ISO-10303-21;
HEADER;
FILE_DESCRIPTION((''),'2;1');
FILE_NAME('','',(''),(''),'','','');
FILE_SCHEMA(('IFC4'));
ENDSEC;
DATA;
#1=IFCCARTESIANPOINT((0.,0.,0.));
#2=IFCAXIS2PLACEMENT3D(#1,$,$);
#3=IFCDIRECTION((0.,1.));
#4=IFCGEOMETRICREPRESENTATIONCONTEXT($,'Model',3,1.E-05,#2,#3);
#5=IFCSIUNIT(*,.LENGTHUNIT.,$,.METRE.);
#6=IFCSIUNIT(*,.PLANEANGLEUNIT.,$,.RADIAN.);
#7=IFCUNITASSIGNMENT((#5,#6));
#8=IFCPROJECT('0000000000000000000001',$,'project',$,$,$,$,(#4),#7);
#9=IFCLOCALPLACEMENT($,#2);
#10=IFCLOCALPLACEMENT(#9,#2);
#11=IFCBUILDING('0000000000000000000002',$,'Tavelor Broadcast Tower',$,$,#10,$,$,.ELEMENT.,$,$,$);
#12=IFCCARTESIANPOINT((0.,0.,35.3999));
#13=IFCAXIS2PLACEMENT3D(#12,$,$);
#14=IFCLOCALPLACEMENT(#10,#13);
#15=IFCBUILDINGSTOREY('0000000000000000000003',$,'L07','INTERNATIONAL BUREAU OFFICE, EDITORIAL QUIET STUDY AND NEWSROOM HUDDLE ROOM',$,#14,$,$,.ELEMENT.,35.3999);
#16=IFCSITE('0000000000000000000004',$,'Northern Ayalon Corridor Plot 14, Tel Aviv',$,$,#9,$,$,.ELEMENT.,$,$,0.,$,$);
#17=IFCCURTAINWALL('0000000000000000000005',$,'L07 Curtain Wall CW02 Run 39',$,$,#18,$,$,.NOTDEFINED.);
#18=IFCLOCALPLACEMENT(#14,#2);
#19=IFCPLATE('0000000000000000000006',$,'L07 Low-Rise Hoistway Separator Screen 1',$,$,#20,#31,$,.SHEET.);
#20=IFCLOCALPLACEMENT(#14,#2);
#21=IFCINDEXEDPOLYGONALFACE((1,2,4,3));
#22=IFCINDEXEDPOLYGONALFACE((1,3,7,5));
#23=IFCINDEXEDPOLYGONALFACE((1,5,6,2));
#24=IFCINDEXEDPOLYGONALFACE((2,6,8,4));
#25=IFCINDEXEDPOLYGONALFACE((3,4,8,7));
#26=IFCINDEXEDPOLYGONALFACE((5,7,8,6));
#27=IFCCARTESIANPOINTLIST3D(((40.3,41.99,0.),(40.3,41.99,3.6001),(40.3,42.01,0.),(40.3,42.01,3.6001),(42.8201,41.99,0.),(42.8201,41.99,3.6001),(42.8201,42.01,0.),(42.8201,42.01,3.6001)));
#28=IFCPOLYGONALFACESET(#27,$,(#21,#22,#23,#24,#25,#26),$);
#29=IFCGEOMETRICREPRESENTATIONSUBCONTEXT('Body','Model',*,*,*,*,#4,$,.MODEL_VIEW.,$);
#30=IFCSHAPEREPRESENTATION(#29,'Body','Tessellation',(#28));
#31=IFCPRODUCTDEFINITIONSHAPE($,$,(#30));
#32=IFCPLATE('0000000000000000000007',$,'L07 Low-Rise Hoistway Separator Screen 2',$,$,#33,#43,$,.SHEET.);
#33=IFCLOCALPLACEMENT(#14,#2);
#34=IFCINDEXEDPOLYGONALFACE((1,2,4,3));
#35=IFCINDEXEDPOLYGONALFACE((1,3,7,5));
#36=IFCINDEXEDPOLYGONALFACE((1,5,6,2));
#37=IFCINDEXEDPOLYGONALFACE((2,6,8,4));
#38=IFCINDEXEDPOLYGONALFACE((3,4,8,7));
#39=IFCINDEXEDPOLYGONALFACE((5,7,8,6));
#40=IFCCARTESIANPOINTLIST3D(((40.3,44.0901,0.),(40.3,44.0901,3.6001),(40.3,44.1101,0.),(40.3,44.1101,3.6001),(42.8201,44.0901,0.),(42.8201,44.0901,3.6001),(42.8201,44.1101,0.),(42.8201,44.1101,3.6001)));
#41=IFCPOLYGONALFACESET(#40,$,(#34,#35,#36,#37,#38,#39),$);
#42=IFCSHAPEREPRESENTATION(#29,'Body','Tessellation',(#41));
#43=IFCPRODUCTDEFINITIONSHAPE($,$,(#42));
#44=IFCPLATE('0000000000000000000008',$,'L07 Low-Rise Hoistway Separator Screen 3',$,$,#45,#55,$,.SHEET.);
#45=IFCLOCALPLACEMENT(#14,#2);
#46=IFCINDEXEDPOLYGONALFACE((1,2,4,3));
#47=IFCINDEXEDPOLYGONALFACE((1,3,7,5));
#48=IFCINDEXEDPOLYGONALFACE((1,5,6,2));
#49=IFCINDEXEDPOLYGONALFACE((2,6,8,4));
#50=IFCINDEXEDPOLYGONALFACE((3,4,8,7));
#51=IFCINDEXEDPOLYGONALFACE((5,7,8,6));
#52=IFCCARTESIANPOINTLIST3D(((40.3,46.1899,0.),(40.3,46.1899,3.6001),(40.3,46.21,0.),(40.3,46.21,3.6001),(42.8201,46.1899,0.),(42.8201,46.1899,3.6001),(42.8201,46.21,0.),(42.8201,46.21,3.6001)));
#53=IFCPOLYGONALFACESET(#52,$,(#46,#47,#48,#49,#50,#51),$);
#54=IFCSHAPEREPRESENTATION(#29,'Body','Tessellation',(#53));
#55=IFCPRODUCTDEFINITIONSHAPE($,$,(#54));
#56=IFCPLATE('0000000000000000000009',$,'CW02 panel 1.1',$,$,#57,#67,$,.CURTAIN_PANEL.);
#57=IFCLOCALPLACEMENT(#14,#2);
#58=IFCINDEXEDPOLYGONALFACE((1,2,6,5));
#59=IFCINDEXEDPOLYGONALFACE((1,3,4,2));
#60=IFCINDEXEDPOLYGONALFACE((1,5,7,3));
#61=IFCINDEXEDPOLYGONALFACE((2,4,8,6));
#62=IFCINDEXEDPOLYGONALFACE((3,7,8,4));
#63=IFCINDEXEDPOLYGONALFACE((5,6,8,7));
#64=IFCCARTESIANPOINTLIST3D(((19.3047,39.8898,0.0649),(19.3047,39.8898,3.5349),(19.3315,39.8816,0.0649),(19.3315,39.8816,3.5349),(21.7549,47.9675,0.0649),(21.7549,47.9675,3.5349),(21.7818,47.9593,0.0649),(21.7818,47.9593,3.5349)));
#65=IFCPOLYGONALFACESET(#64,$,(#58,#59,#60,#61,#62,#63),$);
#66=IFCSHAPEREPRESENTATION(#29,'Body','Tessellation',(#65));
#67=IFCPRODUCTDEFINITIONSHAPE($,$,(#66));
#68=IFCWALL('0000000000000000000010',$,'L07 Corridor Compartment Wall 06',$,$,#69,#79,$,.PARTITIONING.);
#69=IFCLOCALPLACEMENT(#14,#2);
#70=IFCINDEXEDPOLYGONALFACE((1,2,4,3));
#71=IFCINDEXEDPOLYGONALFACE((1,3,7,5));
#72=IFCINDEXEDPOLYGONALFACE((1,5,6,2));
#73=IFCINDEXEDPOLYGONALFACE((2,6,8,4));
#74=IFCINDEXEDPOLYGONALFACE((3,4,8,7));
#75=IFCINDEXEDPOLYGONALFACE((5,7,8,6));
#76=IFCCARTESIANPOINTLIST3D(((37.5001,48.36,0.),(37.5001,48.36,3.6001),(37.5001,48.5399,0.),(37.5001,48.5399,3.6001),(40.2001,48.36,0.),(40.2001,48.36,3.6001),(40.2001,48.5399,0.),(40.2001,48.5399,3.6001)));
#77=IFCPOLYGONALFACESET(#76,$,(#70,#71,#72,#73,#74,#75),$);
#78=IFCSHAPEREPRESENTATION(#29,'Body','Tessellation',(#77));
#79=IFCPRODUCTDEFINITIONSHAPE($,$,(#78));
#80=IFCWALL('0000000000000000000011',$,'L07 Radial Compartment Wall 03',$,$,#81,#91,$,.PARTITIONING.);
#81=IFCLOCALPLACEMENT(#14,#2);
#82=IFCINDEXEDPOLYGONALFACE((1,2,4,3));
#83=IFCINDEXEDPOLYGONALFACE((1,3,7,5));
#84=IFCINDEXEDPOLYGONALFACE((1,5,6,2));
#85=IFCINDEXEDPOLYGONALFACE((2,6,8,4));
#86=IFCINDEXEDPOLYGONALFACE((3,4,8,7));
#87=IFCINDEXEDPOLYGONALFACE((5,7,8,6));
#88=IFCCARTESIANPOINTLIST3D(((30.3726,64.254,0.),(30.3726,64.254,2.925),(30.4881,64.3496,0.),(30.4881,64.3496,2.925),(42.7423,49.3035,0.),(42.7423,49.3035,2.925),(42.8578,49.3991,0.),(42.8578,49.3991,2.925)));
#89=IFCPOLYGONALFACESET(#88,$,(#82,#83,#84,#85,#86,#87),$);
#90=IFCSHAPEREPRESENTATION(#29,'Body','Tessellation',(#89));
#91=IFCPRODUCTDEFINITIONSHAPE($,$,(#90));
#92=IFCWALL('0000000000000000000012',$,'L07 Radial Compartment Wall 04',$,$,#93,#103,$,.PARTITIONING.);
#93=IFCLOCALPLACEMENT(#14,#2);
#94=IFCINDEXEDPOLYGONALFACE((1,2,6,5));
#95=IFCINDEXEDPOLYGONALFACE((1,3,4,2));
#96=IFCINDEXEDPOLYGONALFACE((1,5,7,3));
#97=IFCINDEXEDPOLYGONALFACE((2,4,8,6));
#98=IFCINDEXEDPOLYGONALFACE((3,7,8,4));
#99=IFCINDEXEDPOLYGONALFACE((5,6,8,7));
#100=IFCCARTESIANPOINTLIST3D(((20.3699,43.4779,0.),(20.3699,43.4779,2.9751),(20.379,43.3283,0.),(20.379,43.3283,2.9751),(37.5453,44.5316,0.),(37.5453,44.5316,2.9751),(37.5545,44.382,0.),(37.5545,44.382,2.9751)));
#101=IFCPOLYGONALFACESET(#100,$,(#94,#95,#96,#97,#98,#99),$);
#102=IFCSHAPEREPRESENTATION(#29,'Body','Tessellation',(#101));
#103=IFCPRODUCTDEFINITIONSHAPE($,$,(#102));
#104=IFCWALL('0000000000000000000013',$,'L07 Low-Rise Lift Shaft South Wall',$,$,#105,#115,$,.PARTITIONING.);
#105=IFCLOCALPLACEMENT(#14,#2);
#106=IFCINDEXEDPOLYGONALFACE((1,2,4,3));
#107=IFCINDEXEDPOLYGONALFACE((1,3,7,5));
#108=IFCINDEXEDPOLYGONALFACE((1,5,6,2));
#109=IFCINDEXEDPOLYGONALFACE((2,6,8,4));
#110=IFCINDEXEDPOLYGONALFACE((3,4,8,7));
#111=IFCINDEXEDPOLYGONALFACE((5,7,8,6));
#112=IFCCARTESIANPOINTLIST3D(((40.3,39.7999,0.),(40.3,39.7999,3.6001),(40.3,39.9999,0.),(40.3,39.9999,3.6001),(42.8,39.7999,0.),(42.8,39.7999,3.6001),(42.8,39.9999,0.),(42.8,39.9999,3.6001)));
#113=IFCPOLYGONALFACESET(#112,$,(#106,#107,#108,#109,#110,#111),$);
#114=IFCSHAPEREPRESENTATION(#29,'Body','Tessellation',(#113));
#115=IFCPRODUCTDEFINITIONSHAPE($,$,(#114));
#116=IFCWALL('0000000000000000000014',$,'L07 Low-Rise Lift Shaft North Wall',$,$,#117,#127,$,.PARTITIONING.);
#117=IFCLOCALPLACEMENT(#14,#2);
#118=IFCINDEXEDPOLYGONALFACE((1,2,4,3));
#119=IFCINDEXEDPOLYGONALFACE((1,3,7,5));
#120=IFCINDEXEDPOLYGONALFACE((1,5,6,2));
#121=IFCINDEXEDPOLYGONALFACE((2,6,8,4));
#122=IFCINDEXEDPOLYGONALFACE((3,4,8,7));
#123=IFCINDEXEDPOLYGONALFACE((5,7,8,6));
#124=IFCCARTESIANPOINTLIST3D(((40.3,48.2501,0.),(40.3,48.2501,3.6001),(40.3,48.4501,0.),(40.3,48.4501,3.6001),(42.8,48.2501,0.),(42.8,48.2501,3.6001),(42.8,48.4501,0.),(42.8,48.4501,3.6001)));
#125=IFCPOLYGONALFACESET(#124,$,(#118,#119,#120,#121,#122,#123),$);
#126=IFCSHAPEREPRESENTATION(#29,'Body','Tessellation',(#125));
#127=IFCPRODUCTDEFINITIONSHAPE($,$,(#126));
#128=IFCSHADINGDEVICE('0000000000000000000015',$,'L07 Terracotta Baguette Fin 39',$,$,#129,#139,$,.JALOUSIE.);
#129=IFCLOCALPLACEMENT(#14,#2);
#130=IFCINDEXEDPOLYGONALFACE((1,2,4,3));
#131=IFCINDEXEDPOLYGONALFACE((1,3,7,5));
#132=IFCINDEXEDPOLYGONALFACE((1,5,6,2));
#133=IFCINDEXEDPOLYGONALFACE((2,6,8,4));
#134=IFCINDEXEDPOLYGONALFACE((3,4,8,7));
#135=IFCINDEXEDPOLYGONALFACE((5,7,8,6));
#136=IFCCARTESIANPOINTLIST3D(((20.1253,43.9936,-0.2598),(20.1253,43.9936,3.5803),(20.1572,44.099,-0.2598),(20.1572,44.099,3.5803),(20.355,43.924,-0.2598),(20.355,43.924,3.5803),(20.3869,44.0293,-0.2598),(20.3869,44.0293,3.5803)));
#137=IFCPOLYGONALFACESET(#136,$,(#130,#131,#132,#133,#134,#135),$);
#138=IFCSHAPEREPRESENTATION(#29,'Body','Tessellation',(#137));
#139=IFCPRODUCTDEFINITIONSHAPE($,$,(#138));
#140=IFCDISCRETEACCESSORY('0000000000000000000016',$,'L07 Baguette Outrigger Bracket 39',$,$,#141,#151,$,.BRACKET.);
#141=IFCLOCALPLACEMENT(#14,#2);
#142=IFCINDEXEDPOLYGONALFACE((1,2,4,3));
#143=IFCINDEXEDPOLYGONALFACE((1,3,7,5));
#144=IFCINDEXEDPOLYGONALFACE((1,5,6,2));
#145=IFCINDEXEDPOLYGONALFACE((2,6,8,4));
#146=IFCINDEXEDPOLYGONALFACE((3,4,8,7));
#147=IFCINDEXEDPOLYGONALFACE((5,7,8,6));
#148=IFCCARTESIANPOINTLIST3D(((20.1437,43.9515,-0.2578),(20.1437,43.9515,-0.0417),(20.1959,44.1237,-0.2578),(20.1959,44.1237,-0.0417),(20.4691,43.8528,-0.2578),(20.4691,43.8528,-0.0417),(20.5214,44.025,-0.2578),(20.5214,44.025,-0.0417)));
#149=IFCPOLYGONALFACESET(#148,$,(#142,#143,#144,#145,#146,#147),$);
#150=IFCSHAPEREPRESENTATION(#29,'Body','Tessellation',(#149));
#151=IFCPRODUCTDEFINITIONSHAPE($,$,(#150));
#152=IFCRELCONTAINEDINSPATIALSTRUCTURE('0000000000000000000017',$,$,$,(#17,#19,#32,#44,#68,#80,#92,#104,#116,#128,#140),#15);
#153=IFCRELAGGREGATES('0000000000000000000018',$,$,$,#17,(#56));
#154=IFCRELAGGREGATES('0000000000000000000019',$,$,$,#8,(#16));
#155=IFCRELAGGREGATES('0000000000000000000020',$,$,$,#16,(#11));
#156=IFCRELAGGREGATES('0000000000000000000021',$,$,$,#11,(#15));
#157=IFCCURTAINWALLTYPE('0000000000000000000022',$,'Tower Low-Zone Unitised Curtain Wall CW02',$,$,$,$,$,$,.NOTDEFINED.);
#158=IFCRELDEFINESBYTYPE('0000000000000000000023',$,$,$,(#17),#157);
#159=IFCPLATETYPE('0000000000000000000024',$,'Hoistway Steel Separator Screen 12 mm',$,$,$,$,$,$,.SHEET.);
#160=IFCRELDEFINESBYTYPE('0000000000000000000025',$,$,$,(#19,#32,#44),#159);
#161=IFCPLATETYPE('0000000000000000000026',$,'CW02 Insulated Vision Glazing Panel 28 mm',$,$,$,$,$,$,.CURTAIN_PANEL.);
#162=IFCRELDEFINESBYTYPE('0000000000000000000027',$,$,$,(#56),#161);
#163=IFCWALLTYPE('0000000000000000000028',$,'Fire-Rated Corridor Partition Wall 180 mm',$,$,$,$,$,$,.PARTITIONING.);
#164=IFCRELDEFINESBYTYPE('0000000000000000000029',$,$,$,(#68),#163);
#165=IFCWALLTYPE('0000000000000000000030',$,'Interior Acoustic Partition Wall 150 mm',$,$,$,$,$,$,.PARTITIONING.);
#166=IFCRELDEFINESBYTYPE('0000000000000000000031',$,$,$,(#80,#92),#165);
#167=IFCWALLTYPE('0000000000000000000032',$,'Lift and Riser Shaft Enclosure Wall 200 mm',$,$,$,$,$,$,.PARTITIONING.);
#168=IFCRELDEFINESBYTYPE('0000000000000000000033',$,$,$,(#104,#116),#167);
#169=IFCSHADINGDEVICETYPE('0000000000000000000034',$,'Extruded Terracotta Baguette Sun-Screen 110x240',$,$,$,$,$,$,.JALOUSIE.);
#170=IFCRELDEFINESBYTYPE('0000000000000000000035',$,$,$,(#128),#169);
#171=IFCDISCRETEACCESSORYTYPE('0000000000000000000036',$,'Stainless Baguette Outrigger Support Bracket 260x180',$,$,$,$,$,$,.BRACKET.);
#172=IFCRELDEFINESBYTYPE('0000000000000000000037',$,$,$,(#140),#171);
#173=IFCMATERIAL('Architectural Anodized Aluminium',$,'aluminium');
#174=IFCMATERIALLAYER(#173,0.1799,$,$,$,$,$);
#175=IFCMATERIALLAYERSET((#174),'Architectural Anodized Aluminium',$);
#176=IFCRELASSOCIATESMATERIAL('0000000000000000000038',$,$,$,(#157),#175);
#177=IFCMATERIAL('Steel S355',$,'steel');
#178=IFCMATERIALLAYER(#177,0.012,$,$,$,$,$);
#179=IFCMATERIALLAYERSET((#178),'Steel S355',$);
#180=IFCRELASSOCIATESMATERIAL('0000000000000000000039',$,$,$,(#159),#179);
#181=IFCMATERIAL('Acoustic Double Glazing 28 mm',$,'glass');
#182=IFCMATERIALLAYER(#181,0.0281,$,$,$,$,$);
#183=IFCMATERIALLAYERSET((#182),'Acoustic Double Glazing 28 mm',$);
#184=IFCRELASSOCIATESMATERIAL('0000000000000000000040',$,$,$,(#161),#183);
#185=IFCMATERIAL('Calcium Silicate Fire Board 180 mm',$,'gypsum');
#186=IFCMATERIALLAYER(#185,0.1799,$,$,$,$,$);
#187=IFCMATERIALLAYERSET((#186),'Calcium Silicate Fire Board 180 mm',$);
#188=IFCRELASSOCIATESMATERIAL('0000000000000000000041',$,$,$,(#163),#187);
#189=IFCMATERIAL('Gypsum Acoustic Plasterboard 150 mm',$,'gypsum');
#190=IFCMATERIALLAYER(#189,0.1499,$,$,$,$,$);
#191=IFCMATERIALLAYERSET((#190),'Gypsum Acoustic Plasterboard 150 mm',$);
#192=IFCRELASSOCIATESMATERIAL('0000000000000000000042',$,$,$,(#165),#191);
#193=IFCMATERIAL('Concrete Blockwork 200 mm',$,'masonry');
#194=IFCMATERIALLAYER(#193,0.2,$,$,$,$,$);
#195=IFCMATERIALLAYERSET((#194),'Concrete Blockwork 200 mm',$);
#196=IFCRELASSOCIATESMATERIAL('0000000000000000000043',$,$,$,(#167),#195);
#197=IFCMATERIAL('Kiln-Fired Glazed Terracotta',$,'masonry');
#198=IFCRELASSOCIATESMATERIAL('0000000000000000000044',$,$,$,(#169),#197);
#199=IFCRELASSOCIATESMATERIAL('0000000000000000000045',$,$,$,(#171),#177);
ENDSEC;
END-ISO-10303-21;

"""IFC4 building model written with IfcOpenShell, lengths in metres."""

from ifc_helpers import new_model, si_unit, direction, frame, frame_2d, origin, origin_2d, place, context, subcontext, project, spatial, rectangle, extrude, source, transform, mapped, material, layer, layer_set, type_object, type_shapes, element, aggregate, save


model = new_model("IFC4")

# Units and contexts
model_context = context("Model", 3, precision=1e-05, world=origin(), true_north=direction((0.0, 1.0)))
body_context = subcontext(model_context, "Body", "Model", "MODEL_VIEW")
ifc_project = project(units=[si_unit("LENGTHUNIT", "METRE"), si_unit("PLANEANGLEUNIT", "RADIAN")], contexts=[model_context])

# Site, building, storey
site_placement = place(None, origin())
site = spatial("IfcSite", under=ifc_project, at=site_placement, Name="Northern Ayalon Corridor Plot 14, Tel Aviv", CompositionType="ELEMENT", RefElevation=0.0)
building_placement = place(site_placement, origin())
building = spatial("IfcBuilding", under=site, at=building_placement, Name="Tavelor Broadcast Tower", CompositionType="ELEMENT")
storey_placement = place(building_placement, frame((0.0, 0.0, 35.3999)))
storey = spatial("IfcBuildingStorey", under=building, at=storey_placement, Name="L07", Description="INTERNATIONAL BUREAU OFFICE, EDITORIAL QUIET STUDY AND NEWSROOM HUDDLE ROOM", CompositionType="ELEMENT", Elevation=35.3999)

# Shared definitions
ifc_material_1 = material(Name="Steel S355", Category="steel")

# Shared definitions
ifc_material_2 = material(Name="Architectural Anodized Aluminium", Category="aluminium")
ifc_layer_1 = layer(ifc_material_2, 0.1799)
ifc_layer_set_1 = layer_set([ifc_layer_1], Name="Architectural Anodized Aluminium")
curtain_wall_type = type_object("IfcCurtainWallType", Name="Tower Low-Zone Unitised Curtain Wall CW02", PredefinedType="NOTDEFINED", material=ifc_layer_set_1)

# Curtain wall
curtain_wall_1_placement = place(storey_placement, origin())
curtain_wall_1 = element("IfcCurtainWall", 1, at=curtain_wall_1_placement, inside=storey, type_object=curtain_wall_type, Name="L07 Curtain Wall CW02 Run 39", PredefinedType="NOTDEFINED")

# Plates
ifc_layer_2 = layer(ifc_material_1, 0.012)
ifc_layer_set_2 = layer_set([ifc_layer_2], Name="Steel S355")
plate_type_1 = type_object("IfcPlateType", Name="Hoistway Steel Separator Screen 12 mm", PredefinedType="SHEET", material=ifc_layer_set_2)
shared_shape_1 = source(origin(), body_context, "Body", "SweptSolid", [
    extrude(rectangle(XDim=2.52, YDim=0.02, at=origin_2d()), origin(), (0.0, 0.0, 1.0), 3.6001),
])
type_shapes(plate_type_1, [shared_shape_1])
for number, where, z_axis, x_axis, name in (
    (2, (41.5601, 42.0, 0.0), (0.0, 0.0, 1.0), (1.0, 0.0, 0.0), "L07 Low-Rise Hoistway Separator Screen 1"),
    (3, (41.5601, 44.1001, 0.0), (0.0, 0.0, 1.0), (1.0, 0.0, 0.0), "L07 Low-Rise Hoistway Separator Screen 2"),
    (4, (41.5601, 46.2, 0.0), (0.0, 0.0, 1.0), (1.0, 0.0, 0.0), "L07 Low-Rise Hoistway Separator Screen 3"),
):
    element("IfcPlate", number, at=place(storey_placement, frame(where, z_axis=z_axis, x_axis=x_axis)), inside=storey, type_object=plate_type_1, Name=name, PredefinedType="SHEET", context=body_context, shape_type="MappedRepresentation", body=[
        mapped(shared_shape_1, transform((0.0, 0.0, 0.0), scale=1.0)),
    ])

# Plate
ifc_material_3 = material(Name="Acoustic Double Glazing 28 mm", Category="glass")
ifc_layer_3 = layer(ifc_material_3, 0.0281)
ifc_layer_set_3 = layer_set([ifc_layer_3], Name="Acoustic Double Glazing 28 mm")
plate_type_2 = type_object("IfcPlateType", Name="CW02 Insulated Vision Glazing Panel 28 mm", PredefinedType="CURTAIN_PANEL", material=ifc_layer_set_3)
shared_shape_2 = source(origin(), body_context, "Body", "SweptSolid", [
    extrude(rectangle(XDim=8.4412, YDim=0.0281, at=origin_2d()), origin(), (0.0, 0.0, 1.0), 3.47),
])
type_shapes(plate_type_2, [shared_shape_2])
plate_1_placement = place(storey_placement, frame((20.5432, 43.9246, 0.0649), z_axis=(0.0, 0.0, 1.0), x_axis=(-0.290273, -0.956944, 0.0)))
plate_1 = element("IfcPlate", 5, at=plate_1_placement, type_object=plate_type_2, Name="CW02 panel 1.1", PredefinedType="CURTAIN_PANEL", context=body_context, shape_type="MappedRepresentation", body=[
    mapped(shared_shape_2, transform((0.0, 0.0, 0.0), scale=1.0)),
])
aggregate(curtain_wall_1, [plate_1])

# Walls
ifc_material_4 = material(Name="Calcium Silicate Fire Board 180 mm", Category="gypsum")
ifc_layer_4 = layer(ifc_material_4, 0.1799)
ifc_layer_set_4 = layer_set([ifc_layer_4], Name="Calcium Silicate Fire Board 180 mm")
wall_type_1 = type_object("IfcWallType", Name="Fire-Rated Corridor Partition Wall 180 mm", PredefinedType="PARTITIONING", material=ifc_layer_set_4)
wall_1_placement = place(storey_placement, frame((37.5, 48.45, 0.0), z_axis=(0.0, 0.0, 1.0), x_axis=(1.0, 0.0, 0.0)))
element("IfcWall", 6, at=wall_1_placement, inside=storey, type_object=wall_type_1, Name="L07 Corridor Compartment Wall 06", PredefinedType="PARTITIONING", context=body_context, shape_type="SweptSolid", body=[
    extrude(rectangle(XDim=2.7, YDim=0.1799, at=frame_2d((1.3501, 0.0))), origin(), (0.0, 0.0, 1.0), 3.6001),
])
ifc_material_5 = material(Name="Gypsum Acoustic Plasterboard 150 mm", Category="gypsum")
ifc_layer_5 = layer(ifc_material_5, 0.1499)
ifc_layer_set_5 = layer_set([ifc_layer_5], Name="Gypsum Acoustic Plasterboard 150 mm")
wall_type_2 = type_object("IfcWallType", Name="Interior Acoustic Partition Wall 150 mm", PredefinedType="PARTITIONING", material=ifc_layer_set_5)
wall_2_placement = place(storey_placement, frame((42.8, 49.3513, 0.0), z_axis=(0.0, 0.0, 1.0), x_axis=(-0.637471, 0.770474, 0.0)))
element("IfcWall", 7, at=wall_2_placement, inside=storey, type_object=wall_type_2, Name="L07 Radial Compartment Wall 03", PredefinedType="PARTITIONING", context=body_context, shape_type="SweptSolid", body=[
    extrude(rectangle(XDim=19.4043, YDim=0.1499, at=frame_2d((9.7021, 0.0))), origin(), (0.0, 0.0, 1.0), 2.925),
])
wall_3_placement = place(storey_placement, frame((37.55, 44.4568, 0.0), z_axis=(0.0, 0.0, 1.0), x_axis=(-0.998123, -0.061234, 0.0)))
element("IfcWall", 8, at=wall_3_placement, inside=storey, type_object=wall_type_2, Name="L07 Radial Compartment Wall 04", PredefinedType="PARTITIONING", context=body_context, shape_type="SweptSolid", body=[
    extrude(rectangle(XDim=17.2078, YDim=0.1499, at=frame_2d((8.604, 0.0))), origin(), (0.0, 0.0, 1.0), 2.9751),
])

# Shared definitions
ifc_material_6 = material(Name="Concrete Blockwork 200 mm", Category="masonry")

# Walls
ifc_layer_6 = layer(ifc_material_6, 0.2)
ifc_layer_set_6 = layer_set([ifc_layer_6], Name="Concrete Blockwork 200 mm")
wall_type_3 = type_object("IfcWallType", Name="Lift and Riser Shaft Enclosure Wall 200 mm", PredefinedType="PARTITIONING", material=ifc_layer_set_6)
for number, where, z_axis, x_axis, name in (
    (9, (40.3, 39.8999, 0.0), (0.0, 0.0, 1.0), (1.0, 0.0, 0.0), "L07 Low-Rise Lift Shaft South Wall"),
    (10, (40.3, 48.3501, 0.0), (0.0, 0.0, 1.0), (1.0, 0.0, 0.0), "L07 Low-Rise Lift Shaft North Wall"),
):
    element("IfcWall", number, at=place(storey_placement, frame(where, z_axis=z_axis, x_axis=x_axis)), inside=storey, type_object=wall_type_3, Name=name, PredefinedType="PARTITIONING", context=body_context, shape_type="SweptSolid", body=[
        extrude(rectangle(XDim=2.5, YDim=0.2, at=frame_2d((1.25, 0.0))), origin(), (0.0, 0.0, 1.0), 3.6001),
    ])

# Shading device
ifc_material_7 = material(Name="Kiln-Fired Glazed Terracotta", Category="masonry")
shading_device_type = type_object("IfcShadingDeviceType", Name="Extruded Terracotta Baguette Sun-Screen 110x240", PredefinedType="JALOUSIE", material=ifc_material_7)
shared_shape_3 = source(origin(), body_context, "Body", "SweptSolid", [
    extrude(rectangle(XDim=0.1101, YDim=0.24, at=origin_2d()), origin(), (0.0, 0.0, 1.0), 3.8401),
])
type_shapes(shading_device_type, [shared_shape_3])
shading_device_placement = place(storey_placement, frame((20.2561, 44.0115, -0.2598), z_axis=(0.0, 0.0, 1.0), x_axis=(-0.290201, -0.956966, 0.0)))
element("IfcShadingDevice", 11, at=shading_device_placement, inside=storey, type_object=shading_device_type, Name="L07 Terracotta Baguette Fin 39", PredefinedType="JALOUSIE", context=body_context, shape_type="MappedRepresentation", body=[
    mapped(shared_shape_3, transform((0.0, 0.0, 0.0), scale=1.0)),
])

# Discrete accessory
discrete_accessory_type = type_object("IfcDiscreteAccessoryType", Name="Stainless Baguette Outrigger Support Bracket 260x180", PredefinedType="BRACKET", material=ifc_material_1)
shared_shape_4 = source(origin(), body_context, "Body", "SweptSolid", [
    extrude(rectangle(XDim=0.1799, YDim=0.3401, at=origin_2d()), origin(), (0.0, 0.0, 1.0), 0.2161),
])
type_shapes(discrete_accessory_type, [shared_shape_4])
discrete_accessory_placement = place(storey_placement, frame((20.3325, 43.9883, -0.2578), z_axis=(0.0, 0.0, 1.0), x_axis=(-0.290201, -0.956966, 0.0)))
element("IfcDiscreteAccessory", 12, at=discrete_accessory_placement, inside=storey, type_object=discrete_accessory_type, Name="L07 Baguette Outrigger Bracket 39", PredefinedType="BRACKET", context=body_context, shape_type="MappedRepresentation", body=[
    mapped(shared_shape_4, transform((0.0, 0.0, 0.0), scale=1.0)),
])

save(model, "model.ifc")
